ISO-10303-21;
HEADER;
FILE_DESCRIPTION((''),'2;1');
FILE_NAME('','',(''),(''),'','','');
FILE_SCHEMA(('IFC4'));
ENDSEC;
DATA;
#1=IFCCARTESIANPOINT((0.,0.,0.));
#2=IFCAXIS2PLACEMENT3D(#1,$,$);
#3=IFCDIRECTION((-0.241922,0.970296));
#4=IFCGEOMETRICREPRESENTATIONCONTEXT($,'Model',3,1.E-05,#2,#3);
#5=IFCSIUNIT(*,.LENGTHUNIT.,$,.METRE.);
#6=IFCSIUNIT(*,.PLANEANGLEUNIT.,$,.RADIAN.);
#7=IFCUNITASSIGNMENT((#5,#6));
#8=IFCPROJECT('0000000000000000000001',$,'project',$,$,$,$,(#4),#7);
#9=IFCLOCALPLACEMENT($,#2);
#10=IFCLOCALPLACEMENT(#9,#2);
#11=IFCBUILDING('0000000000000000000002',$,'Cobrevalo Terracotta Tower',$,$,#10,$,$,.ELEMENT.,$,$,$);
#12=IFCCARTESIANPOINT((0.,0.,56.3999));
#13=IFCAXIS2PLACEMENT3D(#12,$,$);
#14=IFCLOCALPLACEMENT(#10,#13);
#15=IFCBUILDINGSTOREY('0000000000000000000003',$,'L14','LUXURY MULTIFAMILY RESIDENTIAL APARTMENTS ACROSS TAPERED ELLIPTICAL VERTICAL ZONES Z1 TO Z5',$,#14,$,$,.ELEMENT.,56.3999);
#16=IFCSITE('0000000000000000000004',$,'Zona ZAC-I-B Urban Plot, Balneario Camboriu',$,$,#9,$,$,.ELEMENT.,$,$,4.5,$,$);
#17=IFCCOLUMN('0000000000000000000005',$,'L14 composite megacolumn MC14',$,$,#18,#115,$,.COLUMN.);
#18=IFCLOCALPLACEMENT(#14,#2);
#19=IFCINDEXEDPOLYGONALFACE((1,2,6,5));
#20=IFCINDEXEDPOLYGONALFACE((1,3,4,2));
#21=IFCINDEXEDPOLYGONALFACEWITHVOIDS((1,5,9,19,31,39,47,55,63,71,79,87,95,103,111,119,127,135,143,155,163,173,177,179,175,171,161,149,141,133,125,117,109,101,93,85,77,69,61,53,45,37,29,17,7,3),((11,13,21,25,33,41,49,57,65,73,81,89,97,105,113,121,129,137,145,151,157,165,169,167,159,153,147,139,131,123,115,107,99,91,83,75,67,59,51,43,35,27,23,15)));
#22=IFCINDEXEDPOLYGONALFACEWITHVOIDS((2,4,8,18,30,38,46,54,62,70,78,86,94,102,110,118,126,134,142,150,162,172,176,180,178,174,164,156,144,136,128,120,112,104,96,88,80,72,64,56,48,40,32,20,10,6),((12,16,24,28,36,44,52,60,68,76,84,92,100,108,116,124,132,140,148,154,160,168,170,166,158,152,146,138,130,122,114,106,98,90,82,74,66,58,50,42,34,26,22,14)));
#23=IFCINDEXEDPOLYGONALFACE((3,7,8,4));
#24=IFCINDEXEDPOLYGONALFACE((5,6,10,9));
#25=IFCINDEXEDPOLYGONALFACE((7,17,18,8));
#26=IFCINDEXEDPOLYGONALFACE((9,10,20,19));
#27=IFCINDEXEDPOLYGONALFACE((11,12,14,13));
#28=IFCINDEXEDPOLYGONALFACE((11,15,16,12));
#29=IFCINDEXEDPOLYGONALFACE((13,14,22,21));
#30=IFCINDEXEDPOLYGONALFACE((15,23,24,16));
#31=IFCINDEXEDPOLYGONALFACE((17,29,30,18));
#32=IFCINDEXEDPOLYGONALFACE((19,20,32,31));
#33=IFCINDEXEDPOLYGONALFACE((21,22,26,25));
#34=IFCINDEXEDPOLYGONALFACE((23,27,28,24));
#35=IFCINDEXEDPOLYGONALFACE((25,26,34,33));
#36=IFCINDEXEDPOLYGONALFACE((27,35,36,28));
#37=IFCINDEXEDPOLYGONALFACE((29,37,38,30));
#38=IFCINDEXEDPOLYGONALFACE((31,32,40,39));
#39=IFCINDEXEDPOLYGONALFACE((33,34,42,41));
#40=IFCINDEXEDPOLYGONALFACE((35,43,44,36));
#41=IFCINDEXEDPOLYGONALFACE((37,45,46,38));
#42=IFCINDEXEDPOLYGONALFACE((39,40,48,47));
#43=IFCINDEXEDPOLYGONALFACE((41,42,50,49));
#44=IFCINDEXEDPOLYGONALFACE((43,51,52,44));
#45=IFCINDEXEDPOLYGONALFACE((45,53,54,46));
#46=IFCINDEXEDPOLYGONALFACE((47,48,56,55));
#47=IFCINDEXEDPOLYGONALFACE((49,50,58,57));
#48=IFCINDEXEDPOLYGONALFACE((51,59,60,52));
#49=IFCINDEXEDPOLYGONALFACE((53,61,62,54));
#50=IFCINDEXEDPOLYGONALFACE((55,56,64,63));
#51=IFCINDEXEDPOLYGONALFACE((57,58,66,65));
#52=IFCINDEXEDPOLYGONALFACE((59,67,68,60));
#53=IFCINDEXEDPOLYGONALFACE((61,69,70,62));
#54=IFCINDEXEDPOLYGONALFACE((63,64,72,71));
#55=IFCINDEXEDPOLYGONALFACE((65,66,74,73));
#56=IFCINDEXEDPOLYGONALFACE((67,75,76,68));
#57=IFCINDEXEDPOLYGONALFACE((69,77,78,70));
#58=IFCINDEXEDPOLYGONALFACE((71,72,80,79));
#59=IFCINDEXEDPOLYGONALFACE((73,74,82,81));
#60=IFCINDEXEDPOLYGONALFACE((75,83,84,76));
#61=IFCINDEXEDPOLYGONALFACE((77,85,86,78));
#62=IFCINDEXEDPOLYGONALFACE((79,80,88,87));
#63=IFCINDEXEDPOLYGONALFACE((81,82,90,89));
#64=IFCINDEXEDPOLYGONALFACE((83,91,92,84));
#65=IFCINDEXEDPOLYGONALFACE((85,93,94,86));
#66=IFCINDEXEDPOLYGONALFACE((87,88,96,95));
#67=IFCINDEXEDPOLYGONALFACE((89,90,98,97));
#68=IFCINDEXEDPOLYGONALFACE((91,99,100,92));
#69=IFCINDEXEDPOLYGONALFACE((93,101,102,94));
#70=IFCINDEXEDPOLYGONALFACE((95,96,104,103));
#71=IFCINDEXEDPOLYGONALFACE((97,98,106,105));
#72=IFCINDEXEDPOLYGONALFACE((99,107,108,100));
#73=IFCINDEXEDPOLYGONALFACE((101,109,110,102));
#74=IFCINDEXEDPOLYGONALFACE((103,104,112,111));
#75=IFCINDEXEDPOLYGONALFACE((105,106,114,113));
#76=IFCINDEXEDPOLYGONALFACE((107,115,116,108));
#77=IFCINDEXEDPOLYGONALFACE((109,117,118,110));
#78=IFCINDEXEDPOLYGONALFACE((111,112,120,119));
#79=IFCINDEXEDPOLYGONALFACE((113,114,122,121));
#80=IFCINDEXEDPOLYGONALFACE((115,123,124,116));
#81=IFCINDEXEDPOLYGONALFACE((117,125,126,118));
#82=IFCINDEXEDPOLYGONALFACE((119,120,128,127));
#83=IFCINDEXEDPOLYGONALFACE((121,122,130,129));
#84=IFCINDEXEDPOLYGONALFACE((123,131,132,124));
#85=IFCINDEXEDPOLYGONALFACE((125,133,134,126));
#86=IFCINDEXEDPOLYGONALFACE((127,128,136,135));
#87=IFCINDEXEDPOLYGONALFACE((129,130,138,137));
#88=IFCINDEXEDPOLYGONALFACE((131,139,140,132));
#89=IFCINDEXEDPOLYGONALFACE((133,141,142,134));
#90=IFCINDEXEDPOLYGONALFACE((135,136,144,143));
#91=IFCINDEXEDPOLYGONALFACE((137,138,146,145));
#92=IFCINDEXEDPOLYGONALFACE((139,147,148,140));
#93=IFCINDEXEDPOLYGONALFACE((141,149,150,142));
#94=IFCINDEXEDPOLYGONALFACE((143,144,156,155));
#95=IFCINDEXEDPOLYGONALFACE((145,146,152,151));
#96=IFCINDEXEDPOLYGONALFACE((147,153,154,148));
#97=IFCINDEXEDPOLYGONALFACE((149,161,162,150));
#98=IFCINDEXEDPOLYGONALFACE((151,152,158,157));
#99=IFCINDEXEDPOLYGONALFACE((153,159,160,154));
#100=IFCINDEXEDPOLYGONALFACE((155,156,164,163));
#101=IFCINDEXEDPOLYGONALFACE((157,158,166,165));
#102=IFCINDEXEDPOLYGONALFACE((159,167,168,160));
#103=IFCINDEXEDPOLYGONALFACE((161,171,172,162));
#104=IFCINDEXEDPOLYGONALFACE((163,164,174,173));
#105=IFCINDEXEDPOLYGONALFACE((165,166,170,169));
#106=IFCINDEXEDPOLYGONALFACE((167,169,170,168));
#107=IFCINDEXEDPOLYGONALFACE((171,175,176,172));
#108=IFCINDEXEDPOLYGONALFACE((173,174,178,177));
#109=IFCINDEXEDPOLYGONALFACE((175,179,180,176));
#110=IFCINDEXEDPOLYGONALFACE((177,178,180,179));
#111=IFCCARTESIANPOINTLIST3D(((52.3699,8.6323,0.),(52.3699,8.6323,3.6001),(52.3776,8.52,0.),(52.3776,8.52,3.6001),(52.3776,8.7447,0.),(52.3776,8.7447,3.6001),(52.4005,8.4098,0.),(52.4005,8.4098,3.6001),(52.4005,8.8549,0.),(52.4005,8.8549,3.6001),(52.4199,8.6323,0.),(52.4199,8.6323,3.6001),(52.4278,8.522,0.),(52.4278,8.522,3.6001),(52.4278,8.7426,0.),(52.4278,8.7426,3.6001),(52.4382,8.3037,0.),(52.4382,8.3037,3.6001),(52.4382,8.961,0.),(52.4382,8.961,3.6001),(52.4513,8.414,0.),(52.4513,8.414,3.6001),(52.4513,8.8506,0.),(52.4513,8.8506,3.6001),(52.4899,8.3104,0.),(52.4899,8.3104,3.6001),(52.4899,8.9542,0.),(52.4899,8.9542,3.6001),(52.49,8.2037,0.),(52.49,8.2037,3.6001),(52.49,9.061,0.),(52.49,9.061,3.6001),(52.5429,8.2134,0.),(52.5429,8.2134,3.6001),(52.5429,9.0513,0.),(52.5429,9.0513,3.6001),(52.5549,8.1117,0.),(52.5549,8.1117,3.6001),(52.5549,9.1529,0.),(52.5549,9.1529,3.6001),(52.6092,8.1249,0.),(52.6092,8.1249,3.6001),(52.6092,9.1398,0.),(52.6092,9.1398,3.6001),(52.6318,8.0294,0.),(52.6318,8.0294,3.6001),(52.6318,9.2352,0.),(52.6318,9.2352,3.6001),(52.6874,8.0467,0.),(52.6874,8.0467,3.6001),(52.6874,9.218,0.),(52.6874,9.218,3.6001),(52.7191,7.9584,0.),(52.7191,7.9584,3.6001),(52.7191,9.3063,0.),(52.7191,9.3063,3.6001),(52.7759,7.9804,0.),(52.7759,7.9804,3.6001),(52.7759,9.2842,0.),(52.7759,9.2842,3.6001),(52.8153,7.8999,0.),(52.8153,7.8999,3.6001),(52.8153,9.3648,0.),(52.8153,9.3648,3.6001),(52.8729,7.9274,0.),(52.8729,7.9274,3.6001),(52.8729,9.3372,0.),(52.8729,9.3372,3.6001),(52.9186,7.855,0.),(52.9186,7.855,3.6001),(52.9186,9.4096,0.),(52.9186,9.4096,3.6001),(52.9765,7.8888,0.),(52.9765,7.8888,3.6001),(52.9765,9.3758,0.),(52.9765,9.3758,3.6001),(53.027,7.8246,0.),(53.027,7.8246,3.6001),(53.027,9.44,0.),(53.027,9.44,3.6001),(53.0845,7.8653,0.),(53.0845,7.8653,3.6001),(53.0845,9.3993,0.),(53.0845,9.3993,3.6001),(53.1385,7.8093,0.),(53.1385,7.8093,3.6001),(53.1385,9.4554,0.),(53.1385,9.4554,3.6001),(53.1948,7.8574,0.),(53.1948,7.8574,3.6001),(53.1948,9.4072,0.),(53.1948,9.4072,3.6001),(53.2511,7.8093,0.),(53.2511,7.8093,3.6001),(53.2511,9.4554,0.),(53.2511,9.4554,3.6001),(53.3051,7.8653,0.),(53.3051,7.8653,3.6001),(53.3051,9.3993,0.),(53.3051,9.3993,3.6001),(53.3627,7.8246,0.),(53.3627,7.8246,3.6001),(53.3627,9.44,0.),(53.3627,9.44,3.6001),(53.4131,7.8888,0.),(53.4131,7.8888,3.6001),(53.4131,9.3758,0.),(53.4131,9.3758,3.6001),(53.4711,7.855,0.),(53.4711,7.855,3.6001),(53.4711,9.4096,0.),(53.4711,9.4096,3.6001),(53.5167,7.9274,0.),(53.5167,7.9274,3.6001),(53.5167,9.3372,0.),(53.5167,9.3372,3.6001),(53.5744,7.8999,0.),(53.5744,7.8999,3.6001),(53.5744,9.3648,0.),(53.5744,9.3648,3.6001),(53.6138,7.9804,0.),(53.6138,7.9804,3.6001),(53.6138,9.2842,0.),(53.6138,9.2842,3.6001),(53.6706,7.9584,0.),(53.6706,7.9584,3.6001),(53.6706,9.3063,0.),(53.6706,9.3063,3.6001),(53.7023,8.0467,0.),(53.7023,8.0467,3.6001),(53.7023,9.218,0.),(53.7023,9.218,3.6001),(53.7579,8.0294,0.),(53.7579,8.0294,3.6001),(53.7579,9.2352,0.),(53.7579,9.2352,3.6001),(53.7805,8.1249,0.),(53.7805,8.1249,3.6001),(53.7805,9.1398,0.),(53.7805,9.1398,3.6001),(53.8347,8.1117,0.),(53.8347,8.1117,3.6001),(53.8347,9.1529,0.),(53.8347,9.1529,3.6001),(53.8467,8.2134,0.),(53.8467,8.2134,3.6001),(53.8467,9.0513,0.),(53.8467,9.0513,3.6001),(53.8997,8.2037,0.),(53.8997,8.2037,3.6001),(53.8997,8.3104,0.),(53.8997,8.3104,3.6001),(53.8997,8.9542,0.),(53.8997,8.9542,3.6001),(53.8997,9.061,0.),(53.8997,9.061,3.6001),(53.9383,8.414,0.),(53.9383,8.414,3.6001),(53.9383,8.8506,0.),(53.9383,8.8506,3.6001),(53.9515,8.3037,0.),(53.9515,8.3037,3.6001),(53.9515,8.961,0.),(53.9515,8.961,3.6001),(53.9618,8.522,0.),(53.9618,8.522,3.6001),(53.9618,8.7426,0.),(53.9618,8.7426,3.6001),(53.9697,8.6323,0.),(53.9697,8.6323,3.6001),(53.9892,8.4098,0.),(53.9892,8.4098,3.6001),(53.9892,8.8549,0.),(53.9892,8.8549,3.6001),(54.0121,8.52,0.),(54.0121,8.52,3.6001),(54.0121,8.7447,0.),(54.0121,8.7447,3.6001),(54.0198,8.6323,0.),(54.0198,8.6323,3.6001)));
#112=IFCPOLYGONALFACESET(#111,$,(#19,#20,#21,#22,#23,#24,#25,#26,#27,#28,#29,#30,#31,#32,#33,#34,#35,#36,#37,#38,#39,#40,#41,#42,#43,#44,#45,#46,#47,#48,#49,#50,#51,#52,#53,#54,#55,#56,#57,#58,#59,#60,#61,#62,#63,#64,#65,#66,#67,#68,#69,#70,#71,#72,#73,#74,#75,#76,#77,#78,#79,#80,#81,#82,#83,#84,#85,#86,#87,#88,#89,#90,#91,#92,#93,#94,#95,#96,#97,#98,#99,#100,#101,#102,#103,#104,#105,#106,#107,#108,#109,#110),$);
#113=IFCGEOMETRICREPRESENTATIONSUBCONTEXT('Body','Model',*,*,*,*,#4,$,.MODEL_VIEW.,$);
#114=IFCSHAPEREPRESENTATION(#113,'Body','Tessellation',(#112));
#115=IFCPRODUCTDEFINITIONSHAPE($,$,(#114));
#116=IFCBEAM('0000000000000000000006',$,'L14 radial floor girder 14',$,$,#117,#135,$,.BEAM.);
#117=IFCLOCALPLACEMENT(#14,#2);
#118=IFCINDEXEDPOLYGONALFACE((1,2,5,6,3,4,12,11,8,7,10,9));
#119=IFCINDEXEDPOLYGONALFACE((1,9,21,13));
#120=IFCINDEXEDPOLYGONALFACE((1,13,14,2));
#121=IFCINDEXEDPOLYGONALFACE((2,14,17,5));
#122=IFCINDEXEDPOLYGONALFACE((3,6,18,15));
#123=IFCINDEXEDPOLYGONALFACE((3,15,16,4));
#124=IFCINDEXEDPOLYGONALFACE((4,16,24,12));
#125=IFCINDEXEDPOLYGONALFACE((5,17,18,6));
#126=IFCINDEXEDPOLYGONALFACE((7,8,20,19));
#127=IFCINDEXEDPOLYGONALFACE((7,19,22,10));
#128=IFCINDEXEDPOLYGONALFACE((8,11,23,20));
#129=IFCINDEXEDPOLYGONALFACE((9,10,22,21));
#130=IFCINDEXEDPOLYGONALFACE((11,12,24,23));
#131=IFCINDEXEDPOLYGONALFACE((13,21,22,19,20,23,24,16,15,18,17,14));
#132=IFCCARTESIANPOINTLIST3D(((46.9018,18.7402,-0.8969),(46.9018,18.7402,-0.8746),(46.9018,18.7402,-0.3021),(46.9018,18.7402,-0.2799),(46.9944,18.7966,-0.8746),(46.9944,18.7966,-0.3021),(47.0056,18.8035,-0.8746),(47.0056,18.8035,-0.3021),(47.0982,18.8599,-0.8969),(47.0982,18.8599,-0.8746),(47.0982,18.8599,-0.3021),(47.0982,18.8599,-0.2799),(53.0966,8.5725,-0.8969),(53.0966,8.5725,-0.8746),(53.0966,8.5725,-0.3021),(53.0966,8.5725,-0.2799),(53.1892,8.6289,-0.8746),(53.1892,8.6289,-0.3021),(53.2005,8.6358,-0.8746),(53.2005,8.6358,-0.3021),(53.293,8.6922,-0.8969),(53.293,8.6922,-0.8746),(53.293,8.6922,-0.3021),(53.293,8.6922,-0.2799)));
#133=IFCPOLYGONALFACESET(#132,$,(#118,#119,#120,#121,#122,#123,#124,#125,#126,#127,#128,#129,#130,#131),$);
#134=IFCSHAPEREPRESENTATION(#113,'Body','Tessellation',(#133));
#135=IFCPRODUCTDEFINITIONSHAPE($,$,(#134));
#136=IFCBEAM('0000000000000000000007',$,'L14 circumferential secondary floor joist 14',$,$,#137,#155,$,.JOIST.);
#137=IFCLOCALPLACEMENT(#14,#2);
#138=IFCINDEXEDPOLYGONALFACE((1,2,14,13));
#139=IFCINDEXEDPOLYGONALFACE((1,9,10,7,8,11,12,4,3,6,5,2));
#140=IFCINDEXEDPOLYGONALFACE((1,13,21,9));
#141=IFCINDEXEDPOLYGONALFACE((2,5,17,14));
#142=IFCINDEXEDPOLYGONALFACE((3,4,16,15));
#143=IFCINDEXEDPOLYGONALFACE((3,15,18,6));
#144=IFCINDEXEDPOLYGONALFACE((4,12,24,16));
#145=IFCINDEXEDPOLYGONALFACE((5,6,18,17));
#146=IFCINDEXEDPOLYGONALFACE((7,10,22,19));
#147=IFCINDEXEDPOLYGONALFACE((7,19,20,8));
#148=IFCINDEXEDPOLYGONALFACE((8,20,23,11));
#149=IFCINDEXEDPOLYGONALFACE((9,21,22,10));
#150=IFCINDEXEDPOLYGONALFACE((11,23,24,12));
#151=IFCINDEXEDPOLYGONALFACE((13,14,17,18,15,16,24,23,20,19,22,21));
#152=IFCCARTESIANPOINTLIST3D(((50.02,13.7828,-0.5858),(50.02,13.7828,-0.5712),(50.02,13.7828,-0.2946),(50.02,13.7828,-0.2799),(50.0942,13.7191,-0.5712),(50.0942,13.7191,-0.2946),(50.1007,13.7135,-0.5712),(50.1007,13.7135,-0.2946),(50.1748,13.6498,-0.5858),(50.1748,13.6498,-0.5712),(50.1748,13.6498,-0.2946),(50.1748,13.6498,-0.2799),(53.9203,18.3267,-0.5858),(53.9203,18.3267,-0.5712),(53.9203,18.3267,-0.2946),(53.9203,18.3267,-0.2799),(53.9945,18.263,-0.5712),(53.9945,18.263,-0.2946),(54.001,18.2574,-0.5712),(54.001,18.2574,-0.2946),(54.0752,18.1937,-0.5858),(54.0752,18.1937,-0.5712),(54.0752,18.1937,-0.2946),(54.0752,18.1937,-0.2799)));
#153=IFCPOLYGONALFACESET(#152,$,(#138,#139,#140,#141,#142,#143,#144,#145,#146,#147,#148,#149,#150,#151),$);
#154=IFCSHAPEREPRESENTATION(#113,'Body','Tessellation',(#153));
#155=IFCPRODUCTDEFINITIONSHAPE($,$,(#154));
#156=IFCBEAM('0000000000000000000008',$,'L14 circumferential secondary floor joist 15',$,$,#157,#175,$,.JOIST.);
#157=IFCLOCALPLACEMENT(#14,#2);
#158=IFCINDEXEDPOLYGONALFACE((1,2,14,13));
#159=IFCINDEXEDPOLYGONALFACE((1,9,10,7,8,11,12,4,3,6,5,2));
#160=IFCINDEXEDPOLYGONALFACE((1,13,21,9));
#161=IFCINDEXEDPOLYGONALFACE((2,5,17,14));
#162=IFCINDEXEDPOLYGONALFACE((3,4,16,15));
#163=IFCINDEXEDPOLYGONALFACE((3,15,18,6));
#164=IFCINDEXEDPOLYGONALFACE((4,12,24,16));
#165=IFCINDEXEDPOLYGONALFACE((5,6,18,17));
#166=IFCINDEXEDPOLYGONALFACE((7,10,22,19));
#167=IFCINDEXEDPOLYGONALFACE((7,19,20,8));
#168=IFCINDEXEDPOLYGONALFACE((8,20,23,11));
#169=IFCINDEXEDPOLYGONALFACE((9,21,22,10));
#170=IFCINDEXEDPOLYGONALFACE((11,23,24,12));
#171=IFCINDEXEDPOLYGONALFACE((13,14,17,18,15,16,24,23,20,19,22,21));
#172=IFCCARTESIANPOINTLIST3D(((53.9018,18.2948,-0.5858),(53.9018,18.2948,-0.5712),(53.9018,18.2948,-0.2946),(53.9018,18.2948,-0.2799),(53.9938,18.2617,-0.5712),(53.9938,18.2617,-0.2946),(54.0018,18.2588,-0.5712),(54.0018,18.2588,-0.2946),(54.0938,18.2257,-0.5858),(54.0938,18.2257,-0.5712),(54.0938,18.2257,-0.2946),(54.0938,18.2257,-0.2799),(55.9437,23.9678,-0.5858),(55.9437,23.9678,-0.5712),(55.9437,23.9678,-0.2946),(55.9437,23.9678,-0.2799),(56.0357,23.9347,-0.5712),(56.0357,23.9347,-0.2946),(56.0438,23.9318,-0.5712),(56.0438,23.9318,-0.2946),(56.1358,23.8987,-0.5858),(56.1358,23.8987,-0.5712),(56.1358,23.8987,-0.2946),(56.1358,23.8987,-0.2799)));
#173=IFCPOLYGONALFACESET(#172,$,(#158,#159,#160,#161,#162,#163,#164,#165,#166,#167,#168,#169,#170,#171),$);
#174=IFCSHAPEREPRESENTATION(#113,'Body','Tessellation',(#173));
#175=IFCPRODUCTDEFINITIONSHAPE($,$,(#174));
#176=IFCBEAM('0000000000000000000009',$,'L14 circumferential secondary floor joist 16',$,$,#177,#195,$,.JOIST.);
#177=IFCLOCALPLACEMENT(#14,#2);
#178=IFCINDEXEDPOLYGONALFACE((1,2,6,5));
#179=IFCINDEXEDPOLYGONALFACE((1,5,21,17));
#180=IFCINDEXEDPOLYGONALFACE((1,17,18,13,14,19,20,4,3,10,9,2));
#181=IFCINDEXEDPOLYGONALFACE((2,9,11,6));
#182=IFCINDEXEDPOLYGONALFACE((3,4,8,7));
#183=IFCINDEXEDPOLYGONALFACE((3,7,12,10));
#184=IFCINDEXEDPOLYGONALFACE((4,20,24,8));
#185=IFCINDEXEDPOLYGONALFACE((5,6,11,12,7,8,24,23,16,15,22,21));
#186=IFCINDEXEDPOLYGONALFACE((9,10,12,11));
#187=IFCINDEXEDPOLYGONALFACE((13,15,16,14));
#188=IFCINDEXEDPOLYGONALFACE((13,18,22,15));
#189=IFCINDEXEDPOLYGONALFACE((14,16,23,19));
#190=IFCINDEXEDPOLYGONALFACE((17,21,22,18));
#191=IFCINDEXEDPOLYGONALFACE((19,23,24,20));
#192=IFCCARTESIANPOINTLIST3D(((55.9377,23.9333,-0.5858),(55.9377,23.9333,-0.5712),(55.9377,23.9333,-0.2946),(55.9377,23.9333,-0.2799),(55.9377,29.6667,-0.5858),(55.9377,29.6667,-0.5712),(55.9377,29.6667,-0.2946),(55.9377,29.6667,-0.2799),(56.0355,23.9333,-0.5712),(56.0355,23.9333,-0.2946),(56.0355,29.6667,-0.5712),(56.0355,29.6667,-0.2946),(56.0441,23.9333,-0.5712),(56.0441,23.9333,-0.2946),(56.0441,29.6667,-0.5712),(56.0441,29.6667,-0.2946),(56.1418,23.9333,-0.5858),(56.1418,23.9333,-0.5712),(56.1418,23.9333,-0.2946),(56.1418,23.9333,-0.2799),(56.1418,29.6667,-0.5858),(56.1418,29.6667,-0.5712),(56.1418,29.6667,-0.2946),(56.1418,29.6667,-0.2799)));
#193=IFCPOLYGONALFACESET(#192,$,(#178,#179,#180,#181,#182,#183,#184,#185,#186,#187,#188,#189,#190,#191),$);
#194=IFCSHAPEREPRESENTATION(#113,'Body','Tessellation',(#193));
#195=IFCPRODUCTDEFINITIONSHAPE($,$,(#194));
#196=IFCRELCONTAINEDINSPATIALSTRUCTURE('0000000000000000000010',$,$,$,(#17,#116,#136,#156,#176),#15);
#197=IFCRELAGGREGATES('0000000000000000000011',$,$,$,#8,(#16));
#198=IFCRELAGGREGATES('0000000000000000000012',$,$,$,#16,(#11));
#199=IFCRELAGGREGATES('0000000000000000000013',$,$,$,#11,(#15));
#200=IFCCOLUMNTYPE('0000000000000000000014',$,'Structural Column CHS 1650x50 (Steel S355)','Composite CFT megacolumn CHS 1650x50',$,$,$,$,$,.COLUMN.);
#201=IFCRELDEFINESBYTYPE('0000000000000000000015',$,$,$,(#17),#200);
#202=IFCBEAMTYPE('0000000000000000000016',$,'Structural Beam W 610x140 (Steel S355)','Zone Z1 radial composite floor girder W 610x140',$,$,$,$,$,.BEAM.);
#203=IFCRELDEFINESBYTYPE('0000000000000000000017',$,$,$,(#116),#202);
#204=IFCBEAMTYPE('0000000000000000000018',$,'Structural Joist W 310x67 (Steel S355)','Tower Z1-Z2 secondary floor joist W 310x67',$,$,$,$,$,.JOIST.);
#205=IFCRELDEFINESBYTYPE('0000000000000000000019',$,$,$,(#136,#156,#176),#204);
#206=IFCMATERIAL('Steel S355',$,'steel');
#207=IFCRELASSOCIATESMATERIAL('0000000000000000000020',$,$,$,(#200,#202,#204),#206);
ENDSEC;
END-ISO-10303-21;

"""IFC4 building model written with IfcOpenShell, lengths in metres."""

from ifc_helpers import new_model, si_unit, direction, frame, origin, origin_2d, place, context, subcontext, project, spatial, hollow_circle, i_section, extrude, material, material_profile, profile_set, type_object, element, save


model = new_model("IFC4")

# Units and contexts
model_context = context("Model", 3, precision=1e-05, world=origin(), true_north=direction((-0.241922, 0.970296)))
body_context = subcontext(model_context, "Body", "Model", "MODEL_VIEW")
ifc_project = project(units=[si_unit("LENGTHUNIT", "METRE"), si_unit("PLANEANGLEUNIT", "RADIAN")], contexts=[model_context])

# Site, building, storey
site_placement = place(None, origin())
site = spatial("IfcSite", under=ifc_project, at=site_placement, Name="Zona ZAC-I-B Urban Plot, Balneario Camboriu", CompositionType="ELEMENT", RefElevation=4.5)
building_placement = place(site_placement, origin())
building = spatial("IfcBuilding", under=site, at=building_placement, Name="Cobrevalo Terracotta Tower", CompositionType="ELEMENT")
storey_placement = place(building_placement, frame((0.0, 0.0, 56.3999)))
storey = spatial("IfcBuildingStorey", under=building, at=storey_placement, Name="L14", Description="LUXURY MULTIFAMILY RESIDENTIAL APARTMENTS ACROSS TAPERED ELLIPTICAL VERTICAL ZONES Z1 TO Z5", CompositionType="ELEMENT", Elevation=56.3999)

# Column
ifc_material_1 = material(Name="Steel S355", Category="steel")
ifc_material_profile_1 = material_profile(ifc_material_1, hollow_circle(Radius=0.825, WallThickness=0.05, at=origin_2d()), Name="CHS 1650x50")
ifc_profile_set_1 = profile_set([ifc_material_profile_1], Name="Steel S355")
column_type = type_object("IfcColumnType", Name="Structural Column CHS 1650x50 (Steel S355)", Description="Composite CFT megacolumn CHS 1650x50", PredefinedType="COLUMN", material=ifc_profile_set_1)
column_placement = place(storey_placement, frame((53.1948, 8.6323, 0.0), z_axis=(0.0, 0.0, 1.0), x_axis=(1.0, 0.0, 0.0)))
element("IfcColumn", 1, at=column_placement, inside=storey, type_object=column_type, Name="L14 composite megacolumn MC14", PredefinedType="COLUMN", context=body_context, shape_type="SweptSolid", body=[
    extrude(hollow_circle(Radius=0.825, WallThickness=0.05, at=origin_2d()), origin(), (0.0, 0.0, 1.0), 3.6001),
])

# Beams
ifc_material_profile_2 = material_profile(ifc_material_1, i_section(OverallWidth=0.23, OverallDepth=0.6169, WebThickness=0.0132, FlangeThickness=0.0222, at=origin_2d()), Name="W 610x140")
ifc_profile_set_2 = profile_set([ifc_material_profile_2], Name="Steel S355")
beam_type_1 = type_object("IfcBeamType", Name="Structural Beam W 610x140 (Steel S355)", Description="Zone Z1 radial composite floor girder W 610x140", PredefinedType="BEAM", material=ifc_profile_set_2)
beam_1_placement = place(storey_placement, frame((53.1948, 8.6323, -0.5884), z_axis=(-0.520301, 0.853983, 0.0), x_axis=(-0.853983, -0.520301, 0.0)))
element("IfcBeam", 2, at=beam_1_placement, inside=storey, type_object=beam_type_1, Name="L14 radial floor girder 14", PredefinedType="BEAM", context=body_context, shape_type="SweptSolid", body=[
    extrude(i_section(OverallWidth=0.23, OverallDepth=0.6169, WebThickness=0.0132, FlangeThickness=0.0222, at=origin_2d()), origin(), (0.0, 0.0, 1.0), 11.9062),
])
ifc_material_profile_3 = material_profile(ifc_material_1, i_section(OverallWidth=0.2041, OverallDepth=0.3059, WebThickness=0.0085, FlangeThickness=0.0146, at=origin_2d()), Name="W 310x67")
ifc_profile_set_3 = profile_set([ifc_material_profile_3], Name="Steel S355")
beam_type_2 = type_object("IfcBeamType", Name="Structural Joist W 310x67 (Steel S355)", Description="Tower Z1-Z2 secondary floor joist W 310x67", PredefinedType="JOIST", material=ifc_profile_set_3)
beam_2_placement = place(storey_placement, frame((50.0974, 13.7163, -0.4329), z_axis=(0.651328, 0.758796, 0.0), x_axis=(-0.758796, 0.651328, 0.0)))
element("IfcBeam", 3, at=beam_2_placement, inside=storey, type_object=beam_type_2, Name="L14 circumferential secondary floor joist 14", PredefinedType="JOIST", context=body_context, shape_type="SweptSolid", body=[
    extrude(i_section(OverallWidth=0.2041, OverallDepth=0.3059, WebThickness=0.0085, FlangeThickness=0.0146, at=origin_2d()), origin(), (0.0, 0.0, 1.0), 5.9883),
])
beam_3_placement = place(storey_placement, frame((53.9978, 18.2603, -0.4329), z_axis=(0.338672, 0.940904, 0.0), x_axis=(-0.940904, 0.338672, 0.0)))
element("IfcBeam", 4, at=beam_3_placement, inside=storey, type_object=beam_type_2, Name="L14 circumferential secondary floor joist 15", PredefinedType="JOIST", context=body_context, shape_type="SweptSolid", body=[
    extrude(i_section(OverallWidth=0.2041, OverallDepth=0.3059, WebThickness=0.0085, FlangeThickness=0.0146, at=origin_2d()), origin(), (0.0, 0.0, 1.0), 6.0293),
])
beam_4_placement = place(storey_placement, frame((56.0398, 23.9333, -0.4329), z_axis=(0.0, 1.0, 0.0), x_axis=(-1.0, 0.0, 0.0)))
element("IfcBeam", 5, at=beam_4_placement, inside=storey, type_object=beam_type_2, Name="L14 circumferential secondary floor joist 16", PredefinedType="JOIST", context=body_context, shape_type="SweptSolid", body=[
    extrude(i_section(OverallWidth=0.2041, OverallDepth=0.3059, WebThickness=0.0085, FlangeThickness=0.0146, at=origin_2d()), origin(), (0.0, 0.0, 1.0), 5.7334),
])

save(model, "model.ifc")
